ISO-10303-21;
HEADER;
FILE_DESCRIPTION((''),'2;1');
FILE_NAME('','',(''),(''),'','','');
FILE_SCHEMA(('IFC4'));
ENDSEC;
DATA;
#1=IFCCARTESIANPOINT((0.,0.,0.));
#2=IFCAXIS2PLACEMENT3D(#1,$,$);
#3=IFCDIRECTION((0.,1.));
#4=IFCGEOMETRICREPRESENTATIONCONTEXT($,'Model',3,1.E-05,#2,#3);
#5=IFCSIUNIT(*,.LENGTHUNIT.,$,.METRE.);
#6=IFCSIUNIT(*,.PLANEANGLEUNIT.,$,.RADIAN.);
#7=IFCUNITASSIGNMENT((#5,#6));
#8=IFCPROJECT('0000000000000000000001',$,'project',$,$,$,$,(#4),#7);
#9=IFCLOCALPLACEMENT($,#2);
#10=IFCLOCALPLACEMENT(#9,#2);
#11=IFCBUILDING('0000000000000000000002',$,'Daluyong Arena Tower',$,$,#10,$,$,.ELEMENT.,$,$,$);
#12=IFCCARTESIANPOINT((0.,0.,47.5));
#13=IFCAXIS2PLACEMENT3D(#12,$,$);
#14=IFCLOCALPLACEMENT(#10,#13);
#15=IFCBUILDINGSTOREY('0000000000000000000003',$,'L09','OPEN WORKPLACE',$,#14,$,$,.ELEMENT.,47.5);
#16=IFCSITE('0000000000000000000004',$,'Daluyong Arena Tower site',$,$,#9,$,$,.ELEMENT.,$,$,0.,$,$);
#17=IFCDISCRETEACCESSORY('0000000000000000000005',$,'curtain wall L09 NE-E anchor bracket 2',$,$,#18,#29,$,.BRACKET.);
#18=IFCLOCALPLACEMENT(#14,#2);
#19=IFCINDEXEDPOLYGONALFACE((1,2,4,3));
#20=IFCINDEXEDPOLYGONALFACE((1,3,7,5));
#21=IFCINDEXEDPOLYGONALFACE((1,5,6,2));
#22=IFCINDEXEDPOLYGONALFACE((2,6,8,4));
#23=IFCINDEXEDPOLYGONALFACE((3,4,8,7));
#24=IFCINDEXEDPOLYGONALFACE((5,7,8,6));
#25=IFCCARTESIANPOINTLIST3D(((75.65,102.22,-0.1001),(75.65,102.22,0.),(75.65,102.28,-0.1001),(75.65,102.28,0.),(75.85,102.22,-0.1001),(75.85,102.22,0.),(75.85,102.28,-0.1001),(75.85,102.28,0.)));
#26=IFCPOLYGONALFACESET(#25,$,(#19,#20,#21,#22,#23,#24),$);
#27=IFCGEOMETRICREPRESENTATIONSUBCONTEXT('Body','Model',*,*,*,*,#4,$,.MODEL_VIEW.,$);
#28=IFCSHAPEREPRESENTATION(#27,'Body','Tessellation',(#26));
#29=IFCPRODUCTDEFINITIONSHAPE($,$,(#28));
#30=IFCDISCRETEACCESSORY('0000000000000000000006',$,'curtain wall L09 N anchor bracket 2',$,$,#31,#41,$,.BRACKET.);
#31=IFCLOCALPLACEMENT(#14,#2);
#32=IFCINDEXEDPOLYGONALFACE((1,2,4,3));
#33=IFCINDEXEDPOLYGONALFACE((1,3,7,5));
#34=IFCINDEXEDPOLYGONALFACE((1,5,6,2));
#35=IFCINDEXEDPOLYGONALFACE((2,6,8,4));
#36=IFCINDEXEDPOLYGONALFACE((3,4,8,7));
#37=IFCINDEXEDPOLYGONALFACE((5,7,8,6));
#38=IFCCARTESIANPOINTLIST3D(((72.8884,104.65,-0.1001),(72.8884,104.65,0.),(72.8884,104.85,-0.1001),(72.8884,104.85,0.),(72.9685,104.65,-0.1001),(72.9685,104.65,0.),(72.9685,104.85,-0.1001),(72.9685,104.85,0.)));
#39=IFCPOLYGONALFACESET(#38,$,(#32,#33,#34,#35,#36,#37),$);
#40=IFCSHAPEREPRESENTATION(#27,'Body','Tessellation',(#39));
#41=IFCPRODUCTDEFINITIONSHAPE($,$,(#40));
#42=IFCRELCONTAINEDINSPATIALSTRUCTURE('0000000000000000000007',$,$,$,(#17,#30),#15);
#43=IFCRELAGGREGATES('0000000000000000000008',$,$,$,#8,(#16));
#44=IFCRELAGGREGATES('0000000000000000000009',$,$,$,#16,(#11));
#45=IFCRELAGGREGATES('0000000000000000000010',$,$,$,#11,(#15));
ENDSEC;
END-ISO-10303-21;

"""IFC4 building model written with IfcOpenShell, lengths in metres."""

from ifc_helpers import new_model, si_unit, direction, frame, origin, origin_2d, place, context, subcontext, project, spatial, rectangle, extrude, element, save


model = new_model("IFC4")

# Units and contexts
model_context = context("Model", 3, precision=1e-05, world=origin(), true_north=direction((0.0, 1.0)))
body_context = subcontext(model_context, "Body", "Model", "MODEL_VIEW")
ifc_project = project(units=[si_unit("LENGTHUNIT", "METRE"), si_unit("PLANEANGLEUNIT", "RADIAN")], contexts=[model_context])

# Site, building, storey
site_placement = place(None, origin())
site = spatial("IfcSite", under=ifc_project, at=site_placement, Name="Daluyong Arena Tower site", CompositionType="ELEMENT", RefElevation=0.0)
building_placement = place(site_placement, origin())
building = spatial("IfcBuilding", under=site, at=building_placement, Name="Daluyong Arena Tower", CompositionType="ELEMENT")
storey_placement = place(building_placement, frame((0.0, 0.0, 47.5)))
storey = spatial("IfcBuildingStorey", under=building, at=storey_placement, Name="L09", Description="OPEN WORKPLACE", CompositionType="ELEMENT", Elevation=47.5)

# Discrete accessories
for number, where, z_axis, x_axis, name in (
    (1, (75.75, 102.25, -0.1001), (0.0, 0.0, 1.0), (0.0, 1.0, 0.0), "curtain wall L09 NE-E anchor bracket 2"),
):
    element("IfcDiscreteAccessory", number, at=place(storey_placement, frame(where, z_axis=z_axis, x_axis=x_axis)), inside=storey, Name=name, PredefinedType="BRACKET", context=body_context, shape_type="SweptSolid", body=[
        extrude(rectangle(XDim=0.0601, YDim=0.2, at=origin_2d()), origin(), (0.0, 0.0, 1.0), 0.1001),
    ])
discrete_accessory_placement = place(storey_placement, frame((72.9285, 104.75, -0.1001), z_axis=(0.0, 0.0, 1.0), x_axis=(-1.0, 0.0, 0.0)))
element("IfcDiscreteAccessory", 2, at=discrete_accessory_placement, inside=storey, Name="curtain wall L09 N anchor bracket 2", PredefinedType="BRACKET", context=body_context, shape_type="SweptSolid", body=[
    extrude(rectangle(XDim=0.0801, YDim=0.2, at=origin_2d()), origin(), (0.0, 0.0, 1.0), 0.1001),
])

save(model, "model.ifc")
